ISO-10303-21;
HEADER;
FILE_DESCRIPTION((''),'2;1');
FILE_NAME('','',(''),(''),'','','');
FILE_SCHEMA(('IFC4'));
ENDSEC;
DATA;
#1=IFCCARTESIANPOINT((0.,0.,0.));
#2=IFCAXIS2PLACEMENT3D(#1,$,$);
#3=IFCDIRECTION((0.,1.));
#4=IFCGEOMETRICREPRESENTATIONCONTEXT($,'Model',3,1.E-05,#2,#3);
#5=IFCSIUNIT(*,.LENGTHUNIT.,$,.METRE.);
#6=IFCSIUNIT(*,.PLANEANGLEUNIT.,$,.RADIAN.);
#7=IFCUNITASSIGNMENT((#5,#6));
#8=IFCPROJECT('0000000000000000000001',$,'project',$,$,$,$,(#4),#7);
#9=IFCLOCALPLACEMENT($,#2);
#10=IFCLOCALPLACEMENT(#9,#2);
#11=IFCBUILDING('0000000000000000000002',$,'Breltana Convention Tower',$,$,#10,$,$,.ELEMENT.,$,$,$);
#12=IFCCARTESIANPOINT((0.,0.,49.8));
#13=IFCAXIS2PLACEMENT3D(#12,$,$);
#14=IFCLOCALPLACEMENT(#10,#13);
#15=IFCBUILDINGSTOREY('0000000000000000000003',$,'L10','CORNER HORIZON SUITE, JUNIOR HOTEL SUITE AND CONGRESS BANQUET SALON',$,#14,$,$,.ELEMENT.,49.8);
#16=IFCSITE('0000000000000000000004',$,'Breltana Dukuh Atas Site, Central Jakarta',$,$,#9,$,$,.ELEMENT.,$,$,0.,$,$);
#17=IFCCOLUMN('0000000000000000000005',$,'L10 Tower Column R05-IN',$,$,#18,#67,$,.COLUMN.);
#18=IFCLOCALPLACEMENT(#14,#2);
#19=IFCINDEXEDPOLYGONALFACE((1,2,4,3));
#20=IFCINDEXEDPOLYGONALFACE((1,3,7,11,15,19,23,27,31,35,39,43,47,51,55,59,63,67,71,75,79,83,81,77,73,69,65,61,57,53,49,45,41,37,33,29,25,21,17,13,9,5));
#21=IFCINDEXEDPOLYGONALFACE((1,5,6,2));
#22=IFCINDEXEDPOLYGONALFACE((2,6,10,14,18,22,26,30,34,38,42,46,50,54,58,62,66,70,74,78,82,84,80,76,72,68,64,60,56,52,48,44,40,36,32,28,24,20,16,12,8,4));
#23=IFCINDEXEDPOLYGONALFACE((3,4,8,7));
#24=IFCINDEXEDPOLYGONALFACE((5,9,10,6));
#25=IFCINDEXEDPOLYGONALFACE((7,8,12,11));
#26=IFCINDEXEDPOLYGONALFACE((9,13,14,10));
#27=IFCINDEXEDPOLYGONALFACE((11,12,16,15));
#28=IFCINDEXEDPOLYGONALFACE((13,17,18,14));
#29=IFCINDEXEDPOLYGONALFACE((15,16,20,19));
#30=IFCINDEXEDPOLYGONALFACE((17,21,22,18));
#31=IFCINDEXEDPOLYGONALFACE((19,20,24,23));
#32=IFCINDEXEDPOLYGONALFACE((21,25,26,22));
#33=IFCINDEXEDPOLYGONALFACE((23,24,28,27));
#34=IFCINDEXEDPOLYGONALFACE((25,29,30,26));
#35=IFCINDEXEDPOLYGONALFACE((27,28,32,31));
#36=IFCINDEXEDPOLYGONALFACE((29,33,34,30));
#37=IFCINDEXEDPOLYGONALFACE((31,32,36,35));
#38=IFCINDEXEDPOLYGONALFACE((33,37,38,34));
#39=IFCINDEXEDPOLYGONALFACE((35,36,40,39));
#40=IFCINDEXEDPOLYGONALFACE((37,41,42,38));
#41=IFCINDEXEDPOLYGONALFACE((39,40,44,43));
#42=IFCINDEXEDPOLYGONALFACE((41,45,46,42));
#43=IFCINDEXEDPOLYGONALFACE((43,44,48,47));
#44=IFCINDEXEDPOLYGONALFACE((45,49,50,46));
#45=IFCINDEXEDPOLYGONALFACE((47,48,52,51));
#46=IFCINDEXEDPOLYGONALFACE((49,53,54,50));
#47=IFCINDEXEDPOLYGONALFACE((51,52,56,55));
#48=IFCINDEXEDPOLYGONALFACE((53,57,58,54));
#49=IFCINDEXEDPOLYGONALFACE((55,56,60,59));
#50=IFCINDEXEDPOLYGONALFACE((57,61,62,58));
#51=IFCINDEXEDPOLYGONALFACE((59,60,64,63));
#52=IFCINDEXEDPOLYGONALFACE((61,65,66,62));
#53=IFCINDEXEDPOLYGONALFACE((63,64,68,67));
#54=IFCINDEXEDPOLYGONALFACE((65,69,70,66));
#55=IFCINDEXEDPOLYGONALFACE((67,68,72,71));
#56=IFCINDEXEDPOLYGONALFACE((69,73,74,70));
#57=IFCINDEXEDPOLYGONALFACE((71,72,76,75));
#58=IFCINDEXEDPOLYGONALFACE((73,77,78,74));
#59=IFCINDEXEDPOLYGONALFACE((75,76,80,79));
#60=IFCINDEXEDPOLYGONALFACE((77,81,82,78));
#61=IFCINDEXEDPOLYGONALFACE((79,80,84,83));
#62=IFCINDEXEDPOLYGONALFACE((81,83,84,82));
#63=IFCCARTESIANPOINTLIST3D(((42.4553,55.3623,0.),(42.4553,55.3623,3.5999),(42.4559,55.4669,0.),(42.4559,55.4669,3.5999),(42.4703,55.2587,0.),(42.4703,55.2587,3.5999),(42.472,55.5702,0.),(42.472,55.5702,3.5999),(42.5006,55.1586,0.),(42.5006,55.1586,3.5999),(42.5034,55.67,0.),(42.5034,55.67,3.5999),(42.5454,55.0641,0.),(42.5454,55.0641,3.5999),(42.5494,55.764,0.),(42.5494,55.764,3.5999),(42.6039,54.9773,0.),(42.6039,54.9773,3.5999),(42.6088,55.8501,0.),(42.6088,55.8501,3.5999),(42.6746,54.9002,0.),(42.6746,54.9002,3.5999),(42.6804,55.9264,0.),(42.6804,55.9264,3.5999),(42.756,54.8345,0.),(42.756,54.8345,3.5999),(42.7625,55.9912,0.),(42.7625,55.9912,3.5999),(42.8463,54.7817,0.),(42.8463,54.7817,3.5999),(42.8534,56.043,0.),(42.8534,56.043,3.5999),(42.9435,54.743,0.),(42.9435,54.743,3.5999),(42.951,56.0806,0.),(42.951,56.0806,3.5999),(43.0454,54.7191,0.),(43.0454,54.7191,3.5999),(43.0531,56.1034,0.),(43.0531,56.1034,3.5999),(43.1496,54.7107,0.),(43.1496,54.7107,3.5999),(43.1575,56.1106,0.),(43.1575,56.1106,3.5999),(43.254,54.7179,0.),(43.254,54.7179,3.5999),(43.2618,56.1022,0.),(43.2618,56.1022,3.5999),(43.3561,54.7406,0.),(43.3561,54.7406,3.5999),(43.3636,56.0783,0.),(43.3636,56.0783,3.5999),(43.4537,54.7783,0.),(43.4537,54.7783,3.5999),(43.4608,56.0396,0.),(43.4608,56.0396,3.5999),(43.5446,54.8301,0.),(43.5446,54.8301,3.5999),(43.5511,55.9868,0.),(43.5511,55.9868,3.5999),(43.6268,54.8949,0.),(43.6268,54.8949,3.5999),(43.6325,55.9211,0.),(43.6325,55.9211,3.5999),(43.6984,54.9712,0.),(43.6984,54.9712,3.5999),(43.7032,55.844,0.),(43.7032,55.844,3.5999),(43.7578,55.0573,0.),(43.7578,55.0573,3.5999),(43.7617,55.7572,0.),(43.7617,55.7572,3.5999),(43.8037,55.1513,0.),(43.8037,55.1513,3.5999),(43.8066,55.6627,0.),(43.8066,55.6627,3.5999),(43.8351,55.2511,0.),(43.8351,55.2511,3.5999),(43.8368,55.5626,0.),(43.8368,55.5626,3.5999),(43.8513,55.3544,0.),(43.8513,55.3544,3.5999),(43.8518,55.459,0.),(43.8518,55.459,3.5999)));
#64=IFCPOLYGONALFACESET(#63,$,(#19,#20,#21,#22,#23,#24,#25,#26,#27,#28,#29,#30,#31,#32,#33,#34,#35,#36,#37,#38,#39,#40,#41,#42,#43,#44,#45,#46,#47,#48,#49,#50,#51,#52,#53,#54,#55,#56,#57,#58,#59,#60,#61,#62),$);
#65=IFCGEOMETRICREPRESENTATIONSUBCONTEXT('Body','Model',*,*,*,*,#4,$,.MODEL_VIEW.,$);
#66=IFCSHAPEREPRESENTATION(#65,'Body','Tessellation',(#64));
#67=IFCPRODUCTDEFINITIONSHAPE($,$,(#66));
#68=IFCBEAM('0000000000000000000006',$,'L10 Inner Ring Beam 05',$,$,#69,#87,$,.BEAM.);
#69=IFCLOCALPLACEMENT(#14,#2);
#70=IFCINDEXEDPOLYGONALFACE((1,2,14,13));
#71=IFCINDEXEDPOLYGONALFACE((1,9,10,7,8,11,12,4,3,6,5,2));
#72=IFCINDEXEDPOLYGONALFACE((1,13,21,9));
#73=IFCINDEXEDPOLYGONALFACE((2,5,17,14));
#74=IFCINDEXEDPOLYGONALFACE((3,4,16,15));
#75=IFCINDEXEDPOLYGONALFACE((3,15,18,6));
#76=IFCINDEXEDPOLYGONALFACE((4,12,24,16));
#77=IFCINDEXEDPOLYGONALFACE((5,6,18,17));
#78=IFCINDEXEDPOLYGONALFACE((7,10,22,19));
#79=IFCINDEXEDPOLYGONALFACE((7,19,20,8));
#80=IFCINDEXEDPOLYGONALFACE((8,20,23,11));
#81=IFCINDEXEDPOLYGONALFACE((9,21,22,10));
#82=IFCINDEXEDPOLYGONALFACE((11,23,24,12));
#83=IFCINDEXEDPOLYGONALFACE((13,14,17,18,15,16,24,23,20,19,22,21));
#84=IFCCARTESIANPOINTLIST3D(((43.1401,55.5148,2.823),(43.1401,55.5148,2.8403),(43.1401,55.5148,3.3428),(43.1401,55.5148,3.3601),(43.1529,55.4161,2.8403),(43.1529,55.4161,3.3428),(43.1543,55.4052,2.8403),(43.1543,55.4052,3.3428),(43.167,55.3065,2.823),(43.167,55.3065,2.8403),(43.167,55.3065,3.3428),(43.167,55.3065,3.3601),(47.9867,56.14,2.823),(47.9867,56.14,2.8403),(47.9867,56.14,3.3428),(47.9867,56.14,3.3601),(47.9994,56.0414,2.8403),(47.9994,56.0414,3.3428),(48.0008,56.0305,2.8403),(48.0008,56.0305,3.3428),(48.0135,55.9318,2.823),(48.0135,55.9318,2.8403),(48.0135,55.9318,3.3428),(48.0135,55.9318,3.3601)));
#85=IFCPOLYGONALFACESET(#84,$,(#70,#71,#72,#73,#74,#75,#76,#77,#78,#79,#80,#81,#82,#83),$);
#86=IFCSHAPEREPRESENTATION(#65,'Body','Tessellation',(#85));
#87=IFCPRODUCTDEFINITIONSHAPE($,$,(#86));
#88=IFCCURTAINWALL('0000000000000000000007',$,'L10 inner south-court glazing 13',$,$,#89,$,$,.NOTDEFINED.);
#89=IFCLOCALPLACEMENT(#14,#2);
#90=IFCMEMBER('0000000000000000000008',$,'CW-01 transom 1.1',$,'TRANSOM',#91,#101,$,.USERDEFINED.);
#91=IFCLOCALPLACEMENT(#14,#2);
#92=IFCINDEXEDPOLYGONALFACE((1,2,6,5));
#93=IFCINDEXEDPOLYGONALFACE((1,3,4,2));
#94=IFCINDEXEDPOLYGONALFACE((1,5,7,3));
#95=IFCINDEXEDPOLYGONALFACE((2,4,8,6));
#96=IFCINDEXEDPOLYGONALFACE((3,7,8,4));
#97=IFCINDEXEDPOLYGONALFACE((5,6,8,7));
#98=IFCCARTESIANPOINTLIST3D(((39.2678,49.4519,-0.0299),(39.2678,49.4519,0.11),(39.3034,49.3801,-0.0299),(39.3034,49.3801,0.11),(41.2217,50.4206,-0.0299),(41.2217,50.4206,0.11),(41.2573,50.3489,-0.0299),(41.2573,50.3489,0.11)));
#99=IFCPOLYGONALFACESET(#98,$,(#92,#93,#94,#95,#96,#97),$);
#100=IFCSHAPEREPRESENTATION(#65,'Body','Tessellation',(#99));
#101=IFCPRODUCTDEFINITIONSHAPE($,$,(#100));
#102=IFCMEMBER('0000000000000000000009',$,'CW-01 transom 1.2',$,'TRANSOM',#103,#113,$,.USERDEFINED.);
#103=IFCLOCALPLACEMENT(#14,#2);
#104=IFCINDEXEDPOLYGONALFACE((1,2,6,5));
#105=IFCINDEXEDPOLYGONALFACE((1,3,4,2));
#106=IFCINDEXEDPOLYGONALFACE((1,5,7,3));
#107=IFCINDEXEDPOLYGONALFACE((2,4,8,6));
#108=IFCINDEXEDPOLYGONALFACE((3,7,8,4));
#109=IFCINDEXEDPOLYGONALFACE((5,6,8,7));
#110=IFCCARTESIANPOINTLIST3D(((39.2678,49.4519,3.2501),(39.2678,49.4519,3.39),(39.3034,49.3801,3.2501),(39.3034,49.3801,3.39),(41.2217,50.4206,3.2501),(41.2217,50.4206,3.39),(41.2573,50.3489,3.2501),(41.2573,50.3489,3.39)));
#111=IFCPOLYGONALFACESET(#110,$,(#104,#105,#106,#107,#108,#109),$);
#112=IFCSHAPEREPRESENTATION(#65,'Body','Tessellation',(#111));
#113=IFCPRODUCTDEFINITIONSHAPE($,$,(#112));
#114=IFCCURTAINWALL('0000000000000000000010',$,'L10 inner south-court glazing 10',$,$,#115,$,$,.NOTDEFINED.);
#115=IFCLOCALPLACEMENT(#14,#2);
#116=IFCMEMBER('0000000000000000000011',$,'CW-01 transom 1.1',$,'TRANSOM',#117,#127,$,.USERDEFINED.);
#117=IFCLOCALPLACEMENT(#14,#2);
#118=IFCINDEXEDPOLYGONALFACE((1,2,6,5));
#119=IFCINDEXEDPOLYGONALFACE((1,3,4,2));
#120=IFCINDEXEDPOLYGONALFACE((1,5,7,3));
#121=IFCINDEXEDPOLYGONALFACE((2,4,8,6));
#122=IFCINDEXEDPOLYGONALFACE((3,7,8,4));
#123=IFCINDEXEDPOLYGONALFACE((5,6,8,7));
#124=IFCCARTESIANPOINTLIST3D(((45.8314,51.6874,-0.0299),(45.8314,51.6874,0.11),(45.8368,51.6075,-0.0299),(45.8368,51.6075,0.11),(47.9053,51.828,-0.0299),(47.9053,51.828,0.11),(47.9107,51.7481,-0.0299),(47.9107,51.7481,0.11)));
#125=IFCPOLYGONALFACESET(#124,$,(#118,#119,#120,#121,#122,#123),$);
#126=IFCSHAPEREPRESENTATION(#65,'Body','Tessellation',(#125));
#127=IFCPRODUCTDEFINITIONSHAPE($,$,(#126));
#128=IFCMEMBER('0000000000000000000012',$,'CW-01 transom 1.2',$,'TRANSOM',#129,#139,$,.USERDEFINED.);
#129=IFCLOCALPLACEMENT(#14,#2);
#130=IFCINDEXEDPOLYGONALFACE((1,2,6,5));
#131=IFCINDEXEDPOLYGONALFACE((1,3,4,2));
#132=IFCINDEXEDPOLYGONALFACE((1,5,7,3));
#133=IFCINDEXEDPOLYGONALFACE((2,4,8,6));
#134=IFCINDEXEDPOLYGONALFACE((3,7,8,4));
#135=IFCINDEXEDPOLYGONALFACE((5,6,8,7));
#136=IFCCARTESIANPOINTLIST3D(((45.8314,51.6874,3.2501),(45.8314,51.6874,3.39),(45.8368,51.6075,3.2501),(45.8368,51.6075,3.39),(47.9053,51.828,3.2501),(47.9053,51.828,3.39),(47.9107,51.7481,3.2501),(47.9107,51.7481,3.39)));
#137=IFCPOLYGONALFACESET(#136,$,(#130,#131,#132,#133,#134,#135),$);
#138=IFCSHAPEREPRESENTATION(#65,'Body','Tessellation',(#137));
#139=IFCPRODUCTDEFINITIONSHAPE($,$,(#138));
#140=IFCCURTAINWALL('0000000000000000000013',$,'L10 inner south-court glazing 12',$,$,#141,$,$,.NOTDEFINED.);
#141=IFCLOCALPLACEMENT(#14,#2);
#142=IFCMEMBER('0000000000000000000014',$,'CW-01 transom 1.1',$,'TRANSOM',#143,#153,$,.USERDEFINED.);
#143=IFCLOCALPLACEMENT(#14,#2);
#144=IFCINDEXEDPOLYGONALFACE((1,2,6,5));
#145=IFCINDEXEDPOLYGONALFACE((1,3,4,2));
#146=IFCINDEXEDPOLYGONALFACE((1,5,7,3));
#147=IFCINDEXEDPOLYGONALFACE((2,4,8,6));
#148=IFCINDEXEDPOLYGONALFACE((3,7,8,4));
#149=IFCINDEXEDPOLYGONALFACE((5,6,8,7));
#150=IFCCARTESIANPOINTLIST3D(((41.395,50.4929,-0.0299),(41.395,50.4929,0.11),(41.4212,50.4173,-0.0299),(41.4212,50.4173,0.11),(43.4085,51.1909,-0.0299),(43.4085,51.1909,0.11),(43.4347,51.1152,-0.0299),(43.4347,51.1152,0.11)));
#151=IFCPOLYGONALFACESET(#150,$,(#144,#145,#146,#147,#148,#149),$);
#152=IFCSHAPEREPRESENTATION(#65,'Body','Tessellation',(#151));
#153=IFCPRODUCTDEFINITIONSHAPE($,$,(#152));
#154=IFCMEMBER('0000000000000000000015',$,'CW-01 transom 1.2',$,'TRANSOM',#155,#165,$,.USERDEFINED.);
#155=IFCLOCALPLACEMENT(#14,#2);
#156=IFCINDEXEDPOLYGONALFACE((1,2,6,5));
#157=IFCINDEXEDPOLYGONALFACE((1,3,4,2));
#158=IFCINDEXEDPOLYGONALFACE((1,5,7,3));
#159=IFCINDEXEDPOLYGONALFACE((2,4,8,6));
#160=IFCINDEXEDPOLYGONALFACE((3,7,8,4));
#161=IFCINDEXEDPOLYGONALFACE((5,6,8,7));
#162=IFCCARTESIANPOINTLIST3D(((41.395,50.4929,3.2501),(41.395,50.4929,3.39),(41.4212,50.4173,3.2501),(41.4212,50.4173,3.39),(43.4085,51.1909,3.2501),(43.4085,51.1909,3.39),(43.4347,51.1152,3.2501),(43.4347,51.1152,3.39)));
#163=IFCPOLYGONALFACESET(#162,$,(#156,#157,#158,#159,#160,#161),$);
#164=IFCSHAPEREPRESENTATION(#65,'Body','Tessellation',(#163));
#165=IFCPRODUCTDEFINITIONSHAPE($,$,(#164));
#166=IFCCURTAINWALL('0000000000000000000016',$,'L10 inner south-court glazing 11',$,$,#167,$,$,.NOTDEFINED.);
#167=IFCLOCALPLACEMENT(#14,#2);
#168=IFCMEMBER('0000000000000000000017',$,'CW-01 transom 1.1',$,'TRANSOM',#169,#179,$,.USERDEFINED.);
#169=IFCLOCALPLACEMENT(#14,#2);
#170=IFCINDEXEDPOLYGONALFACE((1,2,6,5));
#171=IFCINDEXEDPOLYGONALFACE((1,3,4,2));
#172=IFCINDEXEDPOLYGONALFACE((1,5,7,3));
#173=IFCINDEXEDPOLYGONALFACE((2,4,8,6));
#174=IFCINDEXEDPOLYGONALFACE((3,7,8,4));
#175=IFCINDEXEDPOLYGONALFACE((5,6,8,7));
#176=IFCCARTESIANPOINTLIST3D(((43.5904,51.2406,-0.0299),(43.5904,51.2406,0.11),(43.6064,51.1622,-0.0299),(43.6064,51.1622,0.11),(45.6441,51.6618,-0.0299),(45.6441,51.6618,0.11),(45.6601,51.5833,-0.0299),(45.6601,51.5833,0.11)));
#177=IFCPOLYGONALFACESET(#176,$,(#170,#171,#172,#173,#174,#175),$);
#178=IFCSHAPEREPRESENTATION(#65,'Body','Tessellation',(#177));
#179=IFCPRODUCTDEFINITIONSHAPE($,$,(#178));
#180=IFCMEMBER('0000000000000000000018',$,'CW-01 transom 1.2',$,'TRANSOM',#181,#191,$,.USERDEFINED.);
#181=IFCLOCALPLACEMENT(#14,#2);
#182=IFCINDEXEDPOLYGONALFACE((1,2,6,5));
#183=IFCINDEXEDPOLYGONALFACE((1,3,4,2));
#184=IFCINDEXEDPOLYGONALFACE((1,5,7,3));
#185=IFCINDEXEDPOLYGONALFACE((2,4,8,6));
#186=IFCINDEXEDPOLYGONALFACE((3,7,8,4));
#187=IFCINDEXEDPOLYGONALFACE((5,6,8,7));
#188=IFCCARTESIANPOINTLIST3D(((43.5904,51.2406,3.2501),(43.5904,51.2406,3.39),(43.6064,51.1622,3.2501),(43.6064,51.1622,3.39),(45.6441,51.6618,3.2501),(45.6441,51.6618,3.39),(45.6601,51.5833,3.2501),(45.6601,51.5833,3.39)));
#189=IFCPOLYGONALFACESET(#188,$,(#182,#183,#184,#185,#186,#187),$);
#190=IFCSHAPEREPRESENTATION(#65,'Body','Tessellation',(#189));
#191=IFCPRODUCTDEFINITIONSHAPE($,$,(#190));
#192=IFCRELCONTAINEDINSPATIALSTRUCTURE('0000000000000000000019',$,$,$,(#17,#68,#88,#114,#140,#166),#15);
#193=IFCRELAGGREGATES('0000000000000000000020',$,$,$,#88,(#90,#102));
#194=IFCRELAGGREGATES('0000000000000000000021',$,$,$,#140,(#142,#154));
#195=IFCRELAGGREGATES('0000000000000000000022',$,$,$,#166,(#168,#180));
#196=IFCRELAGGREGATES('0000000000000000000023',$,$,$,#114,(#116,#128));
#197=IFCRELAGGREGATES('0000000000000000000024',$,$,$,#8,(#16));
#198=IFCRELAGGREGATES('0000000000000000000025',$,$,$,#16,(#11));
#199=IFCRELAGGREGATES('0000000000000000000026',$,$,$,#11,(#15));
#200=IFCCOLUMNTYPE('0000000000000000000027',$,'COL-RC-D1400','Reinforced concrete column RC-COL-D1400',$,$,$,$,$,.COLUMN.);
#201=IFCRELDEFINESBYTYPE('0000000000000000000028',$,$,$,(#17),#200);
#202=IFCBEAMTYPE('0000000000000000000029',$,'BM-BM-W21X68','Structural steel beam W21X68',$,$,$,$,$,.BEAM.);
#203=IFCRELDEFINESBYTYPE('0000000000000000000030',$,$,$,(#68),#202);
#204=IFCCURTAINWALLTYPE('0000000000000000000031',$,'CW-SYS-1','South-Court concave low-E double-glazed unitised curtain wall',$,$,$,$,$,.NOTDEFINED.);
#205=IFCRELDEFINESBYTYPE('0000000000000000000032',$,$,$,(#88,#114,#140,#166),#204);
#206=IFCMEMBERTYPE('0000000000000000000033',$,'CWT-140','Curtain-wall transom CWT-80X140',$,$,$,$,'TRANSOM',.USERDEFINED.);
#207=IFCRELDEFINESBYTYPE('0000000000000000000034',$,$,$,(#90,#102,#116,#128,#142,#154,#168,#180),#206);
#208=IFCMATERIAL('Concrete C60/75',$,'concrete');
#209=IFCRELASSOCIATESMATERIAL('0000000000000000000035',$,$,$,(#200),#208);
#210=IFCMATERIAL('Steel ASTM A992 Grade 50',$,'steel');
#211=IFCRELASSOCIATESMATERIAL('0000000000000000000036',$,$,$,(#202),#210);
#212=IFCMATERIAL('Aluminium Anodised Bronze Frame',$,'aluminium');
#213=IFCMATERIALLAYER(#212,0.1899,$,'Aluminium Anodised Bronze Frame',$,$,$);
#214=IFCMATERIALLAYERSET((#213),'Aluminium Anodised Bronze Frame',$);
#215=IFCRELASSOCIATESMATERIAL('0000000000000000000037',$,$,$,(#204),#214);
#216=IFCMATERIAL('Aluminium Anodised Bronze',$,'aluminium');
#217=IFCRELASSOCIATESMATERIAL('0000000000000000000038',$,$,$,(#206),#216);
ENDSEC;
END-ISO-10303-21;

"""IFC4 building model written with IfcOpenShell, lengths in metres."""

from ifc_helpers import new_model, si_unit, direction, frame, origin, origin_2d, place, context, subcontext, project, spatial, rectangle, circle, i_section, extrude, source, transform, mapped, material, layer, layer_set, material_profile, profile_set, type_object, element, aggregate, save


model = new_model("IFC4")

# Units and contexts
model_context = context("Model", 3, precision=1e-05, world=origin(), true_north=direction((0.0, 1.0)))
body_context = subcontext(model_context, "Body", "Model", "MODEL_VIEW")
ifc_project = project(units=[si_unit("LENGTHUNIT", "METRE"), si_unit("PLANEANGLEUNIT", "RADIAN")], contexts=[model_context])

# Site, building, storey
site_placement = place(None, origin())
site = spatial("IfcSite", under=ifc_project, at=site_placement, Name="Breltana Dukuh Atas Site, Central Jakarta", CompositionType="ELEMENT", RefElevation=0.0)
building_placement = place(site_placement, origin())
building = spatial("IfcBuilding", under=site, at=building_placement, Name="Breltana Convention Tower", CompositionType="ELEMENT")
storey_placement = place(building_placement, frame((0.0, 0.0, 49.8)))
storey = spatial("IfcBuildingStorey", under=building, at=storey_placement, Name="L10", Description="CORNER HORIZON SUITE, JUNIOR HOTEL SUITE AND CONGRESS BANQUET SALON", CompositionType="ELEMENT", Elevation=49.8)

# Column
ifc_material_1 = material(Name="Concrete C60/75", Category="concrete")
ifc_material_profile_1 = material_profile(ifc_material_1, circle(Radius=0.7, at=origin_2d()), Name="RC-COL-D1400")
ifc_profile_set_1 = profile_set([ifc_material_profile_1], Name="Concrete C60/75")
column_type = type_object("IfcColumnType", Name="COL-RC-D1400", Description="Reinforced concrete column RC-COL-D1400", PredefinedType="COLUMN", material=ifc_profile_set_1)
shared_shape_1 = source(origin(), body_context, "Body", "SweptSolid", [
    extrude(circle(Radius=0.7, at=origin_2d()), origin(), (0.0, 0.0, 1.0), 3.5999),
])
column_placement = place(storey_placement, frame((43.1536, 55.4106, 0.0), z_axis=(0.0, 0.0, 1.0), x_axis=(-0.143493, 0.989651, 0.0)))
element("IfcColumn", 1, at=column_placement, inside=storey, type_object=column_type, Name="L10 Tower Column R05-IN", PredefinedType="COLUMN", context=body_context, shape_type="MappedRepresentation", body=[
    mapped(shared_shape_1, transform((0.0, 0.0, 0.0), scale=1.0)),
])

# Beam
ifc_material_2 = material(Name="Steel ASTM A992 Grade 50", Category="steel")
ifc_material_profile_2 = material_profile(ifc_material_2, i_section(OverallWidth=0.21, OverallDepth=0.5371, WebThickness=0.011, FlangeThickness=0.0173, at=origin_2d()), Name="W21X68")
ifc_profile_set_2 = profile_set([ifc_material_profile_2], Name="Steel ASTM A992 Grade 50")
beam_type = type_object("IfcBeamType", Name="BM-BM-W21X68", Description="Structural steel beam W21X68", PredefinedType="BEAM", material=ifc_profile_set_2)
shared_shape_2 = source(origin(), body_context, "Body", "SweptSolid", [
    extrude(i_section(OverallWidth=0.21, OverallDepth=0.5371, WebThickness=0.011, FlangeThickness=0.0173, at=origin_2d()), origin(), (0.0, 0.0, 1.0), 4.8867),
])
beam_placement = place(storey_placement, frame((43.1536, 55.4106, 3.0916), z_axis=(0.991781, 0.127951, 0.0), x_axis=(-0.127951, 0.991781, 0.0)))
element("IfcBeam", 2, at=beam_placement, inside=storey, type_object=beam_type, Name="L10 Inner Ring Beam 05", PredefinedType="BEAM", context=body_context, shape_type="MappedRepresentation", body=[
    mapped(shared_shape_2, transform((0.0, 0.0, 0.0), scale=1.0)),
])

# Curtain walls, members
ifc_material_3 = material(Name="Aluminium Anodised Bronze Frame", Category="aluminium")
ifc_layer_1 = layer(ifc_material_3, 0.1899, Name="Aluminium Anodised Bronze Frame")
ifc_layer_set_1 = layer_set([ifc_layer_1], Name="Aluminium Anodised Bronze Frame")
curtain_wall_type = type_object("IfcCurtainWallType", Name="CW-SYS-1", Description="South-Court concave low-E double-glazed unitised curtain wall", PredefinedType="NOTDEFINED", material=ifc_layer_set_1)
curtain_wall_1_placement = place(storey_placement, origin())
curtain_wall_1 = element("IfcCurtainWall", 3, at=curtain_wall_1_placement, inside=storey, type_object=curtain_wall_type, Name="L10 inner south-court glazing 13", PredefinedType="NOTDEFINED")
ifc_material_4 = material(Name="Aluminium Anodised Bronze", Category="aluminium")
ifc_material_profile_3 = material_profile(ifc_material_4, rectangle(XDim=0.0801, YDim=0.1399, at=origin_2d()), Name="CWT-80X140")
ifc_profile_set_3 = profile_set([ifc_material_profile_3], Name="Aluminium Anodised Bronze")
member_type_1 = type_object("IfcMemberType", Name="CWT-140", Description="Curtain-wall transom CWT-80X140", ElementType="TRANSOM", PredefinedType="USERDEFINED", material=ifc_profile_set_3)
shared_shape_3 = source(origin(), body_context, "Body", "SweptSolid", [
    extrude(rectangle(XDim=0.0801, YDim=0.1399, at=origin_2d()), origin(), (0.0, 0.0, 1.0), 2.1809),
])
member_1_placement = place(storey_placement, frame((41.2395, 50.3848, 0.04), z_axis=(-0.895922, -0.444211, 0.0), x_axis=(0.444211, -0.895922, 0.0)))
member_1 = element("IfcMember", 4, at=member_1_placement, type_object=member_type_1, Name="CW-01 transom 1.1", ObjectType="TRANSOM", PredefinedType="USERDEFINED", context=body_context, shape_type="MappedRepresentation", body=[
    mapped(shared_shape_3, transform((0.0, 0.0, 0.0), scale=1.0)),
])
member_2_placement = place(storey_placement, frame((41.2395, 50.3848, 3.3201), z_axis=(-0.895922, -0.444211, 0.0), x_axis=(0.444211, -0.895922, 0.0)))
member_2 = element("IfcMember", 5, at=member_2_placement, type_object=member_type_1, Name="CW-01 transom 1.2", ObjectType="TRANSOM", PredefinedType="USERDEFINED", context=body_context, shape_type="MappedRepresentation", body=[
    mapped(shared_shape_3, transform((0.0, 0.0, 0.0), scale=1.0)),
])
curtain_wall_2_placement = place(storey_placement, origin())
curtain_wall_2 = element("IfcCurtainWall", 6, at=curtain_wall_2_placement, inside=storey, type_object=curtain_wall_type, Name="L10 inner south-court glazing 10", PredefinedType="NOTDEFINED")
shared_shape_4 = source(origin(), body_context, "Body", "SweptSolid", [
    extrude(rectangle(XDim=0.0801, YDim=0.1399, at=origin_2d()), origin(), (0.0, 0.0, 1.0), 2.0786),
])
member_3_placement = place(storey_placement, frame((47.908, 51.7881, 0.04), z_axis=(-0.997709, -0.067657, 0.0), x_axis=(0.067657, -0.997709, 0.0)))
member_3 = element("IfcMember", 7, at=member_3_placement, type_object=member_type_1, Name="CW-01 transom 1.1", ObjectType="TRANSOM", PredefinedType="USERDEFINED", context=body_context, shape_type="MappedRepresentation", body=[
    mapped(shared_shape_4, transform((0.0, 0.0, 0.0), scale=1.0)),
])
member_4_placement = place(storey_placement, frame((47.908, 51.7881, 3.3201), z_axis=(-0.997709, -0.067657, 0.0), x_axis=(0.067657, -0.997709, 0.0)))
member_4 = element("IfcMember", 8, at=member_4_placement, type_object=member_type_1, Name="CW-01 transom 1.2", ObjectType="TRANSOM", PredefinedType="USERDEFINED", context=body_context, shape_type="MappedRepresentation", body=[
    mapped(shared_shape_4, transform((0.0, 0.0, 0.0), scale=1.0)),
])
curtain_wall_3_placement = place(storey_placement, origin())
curtain_wall_3 = element("IfcCurtainWall", 9, at=curtain_wall_3_placement, inside=storey, type_object=curtain_wall_type, Name="L10 inner south-court glazing 12", PredefinedType="NOTDEFINED")
shared_shape_5 = source(origin(), body_context, "Body", "SweptSolid", [
    extrude(rectangle(XDim=0.0801, YDim=0.1399, at=origin_2d()), origin(), (0.0, 0.0, 1.0), 2.1311),
])
member_5_placement = place(storey_placement, frame((43.4216, 51.1531, 0.04), z_axis=(-0.944847, -0.327512, 0.0), x_axis=(0.327512, -0.944847, 0.0)))
member_5 = element("IfcMember", 10, at=member_5_placement, type_object=member_type_1, Name="CW-01 transom 1.1", ObjectType="TRANSOM", PredefinedType="USERDEFINED", context=body_context, shape_type="MappedRepresentation", body=[
    mapped(shared_shape_5, transform((0.0, 0.0, 0.0), scale=1.0)),
])
member_6_placement = place(storey_placement, frame((43.4216, 51.1531, 3.3201), z_axis=(-0.944847, -0.327512, 0.0), x_axis=(0.327512, -0.944847, 0.0)))
member_6 = element("IfcMember", 11, at=member_6_placement, type_object=member_type_1, Name="CW-01 transom 1.2", ObjectType="TRANSOM", PredefinedType="USERDEFINED", context=body_context, shape_type="MappedRepresentation", body=[
    mapped(shared_shape_5, transform((0.0, 0.0, 0.0), scale=1.0)),
])
curtain_wall_4_placement = place(storey_placement, origin())
curtain_wall_4 = element("IfcCurtainWall", 12, at=curtain_wall_4_placement, inside=storey, type_object=curtain_wall_type, Name="L10 inner south-court glazing 11", PredefinedType="NOTDEFINED")
shared_shape_6 = source(origin(), body_context, "Body", "SweptSolid", [
    extrude(rectangle(XDim=0.0801, YDim=0.1399, at=origin_2d()), origin(), (0.0, 0.0, 1.0), 2.0964),
])
member_7_placement = place(storey_placement, frame((45.6521, 51.6226, 0.04), z_axis=(-0.979615, -0.200884, 0.0), x_axis=(0.200884, -0.979615, 0.0)))
member_7 = element("IfcMember", 13, at=member_7_placement, type_object=member_type_1, Name="CW-01 transom 1.1", ObjectType="TRANSOM", PredefinedType="USERDEFINED", context=body_context, shape_type="MappedRepresentation", body=[
    mapped(shared_shape_6, transform((0.0, 0.0, 0.0), scale=1.0)),
])
member_8_placement = place(storey_placement, frame((45.6521, 51.6226, 3.3201), z_axis=(-0.979615, -0.200884, 0.0), x_axis=(0.200884, -0.979615, 0.0)))
member_8 = element("IfcMember", 14, at=member_8_placement, type_object=member_type_1, Name="CW-01 transom 1.2", ObjectType="TRANSOM", PredefinedType="USERDEFINED", context=body_context, shape_type="MappedRepresentation", body=[
    mapped(shared_shape_6, transform((0.0, 0.0, 0.0), scale=1.0)),
])

aggregate(curtain_wall_1, [member_1, member_2])
aggregate(curtain_wall_3, [member_5, member_6])
aggregate(curtain_wall_4, [member_7, member_8])
aggregate(curtain_wall_2, [member_3, member_4])

save(model, "model.ifc")
